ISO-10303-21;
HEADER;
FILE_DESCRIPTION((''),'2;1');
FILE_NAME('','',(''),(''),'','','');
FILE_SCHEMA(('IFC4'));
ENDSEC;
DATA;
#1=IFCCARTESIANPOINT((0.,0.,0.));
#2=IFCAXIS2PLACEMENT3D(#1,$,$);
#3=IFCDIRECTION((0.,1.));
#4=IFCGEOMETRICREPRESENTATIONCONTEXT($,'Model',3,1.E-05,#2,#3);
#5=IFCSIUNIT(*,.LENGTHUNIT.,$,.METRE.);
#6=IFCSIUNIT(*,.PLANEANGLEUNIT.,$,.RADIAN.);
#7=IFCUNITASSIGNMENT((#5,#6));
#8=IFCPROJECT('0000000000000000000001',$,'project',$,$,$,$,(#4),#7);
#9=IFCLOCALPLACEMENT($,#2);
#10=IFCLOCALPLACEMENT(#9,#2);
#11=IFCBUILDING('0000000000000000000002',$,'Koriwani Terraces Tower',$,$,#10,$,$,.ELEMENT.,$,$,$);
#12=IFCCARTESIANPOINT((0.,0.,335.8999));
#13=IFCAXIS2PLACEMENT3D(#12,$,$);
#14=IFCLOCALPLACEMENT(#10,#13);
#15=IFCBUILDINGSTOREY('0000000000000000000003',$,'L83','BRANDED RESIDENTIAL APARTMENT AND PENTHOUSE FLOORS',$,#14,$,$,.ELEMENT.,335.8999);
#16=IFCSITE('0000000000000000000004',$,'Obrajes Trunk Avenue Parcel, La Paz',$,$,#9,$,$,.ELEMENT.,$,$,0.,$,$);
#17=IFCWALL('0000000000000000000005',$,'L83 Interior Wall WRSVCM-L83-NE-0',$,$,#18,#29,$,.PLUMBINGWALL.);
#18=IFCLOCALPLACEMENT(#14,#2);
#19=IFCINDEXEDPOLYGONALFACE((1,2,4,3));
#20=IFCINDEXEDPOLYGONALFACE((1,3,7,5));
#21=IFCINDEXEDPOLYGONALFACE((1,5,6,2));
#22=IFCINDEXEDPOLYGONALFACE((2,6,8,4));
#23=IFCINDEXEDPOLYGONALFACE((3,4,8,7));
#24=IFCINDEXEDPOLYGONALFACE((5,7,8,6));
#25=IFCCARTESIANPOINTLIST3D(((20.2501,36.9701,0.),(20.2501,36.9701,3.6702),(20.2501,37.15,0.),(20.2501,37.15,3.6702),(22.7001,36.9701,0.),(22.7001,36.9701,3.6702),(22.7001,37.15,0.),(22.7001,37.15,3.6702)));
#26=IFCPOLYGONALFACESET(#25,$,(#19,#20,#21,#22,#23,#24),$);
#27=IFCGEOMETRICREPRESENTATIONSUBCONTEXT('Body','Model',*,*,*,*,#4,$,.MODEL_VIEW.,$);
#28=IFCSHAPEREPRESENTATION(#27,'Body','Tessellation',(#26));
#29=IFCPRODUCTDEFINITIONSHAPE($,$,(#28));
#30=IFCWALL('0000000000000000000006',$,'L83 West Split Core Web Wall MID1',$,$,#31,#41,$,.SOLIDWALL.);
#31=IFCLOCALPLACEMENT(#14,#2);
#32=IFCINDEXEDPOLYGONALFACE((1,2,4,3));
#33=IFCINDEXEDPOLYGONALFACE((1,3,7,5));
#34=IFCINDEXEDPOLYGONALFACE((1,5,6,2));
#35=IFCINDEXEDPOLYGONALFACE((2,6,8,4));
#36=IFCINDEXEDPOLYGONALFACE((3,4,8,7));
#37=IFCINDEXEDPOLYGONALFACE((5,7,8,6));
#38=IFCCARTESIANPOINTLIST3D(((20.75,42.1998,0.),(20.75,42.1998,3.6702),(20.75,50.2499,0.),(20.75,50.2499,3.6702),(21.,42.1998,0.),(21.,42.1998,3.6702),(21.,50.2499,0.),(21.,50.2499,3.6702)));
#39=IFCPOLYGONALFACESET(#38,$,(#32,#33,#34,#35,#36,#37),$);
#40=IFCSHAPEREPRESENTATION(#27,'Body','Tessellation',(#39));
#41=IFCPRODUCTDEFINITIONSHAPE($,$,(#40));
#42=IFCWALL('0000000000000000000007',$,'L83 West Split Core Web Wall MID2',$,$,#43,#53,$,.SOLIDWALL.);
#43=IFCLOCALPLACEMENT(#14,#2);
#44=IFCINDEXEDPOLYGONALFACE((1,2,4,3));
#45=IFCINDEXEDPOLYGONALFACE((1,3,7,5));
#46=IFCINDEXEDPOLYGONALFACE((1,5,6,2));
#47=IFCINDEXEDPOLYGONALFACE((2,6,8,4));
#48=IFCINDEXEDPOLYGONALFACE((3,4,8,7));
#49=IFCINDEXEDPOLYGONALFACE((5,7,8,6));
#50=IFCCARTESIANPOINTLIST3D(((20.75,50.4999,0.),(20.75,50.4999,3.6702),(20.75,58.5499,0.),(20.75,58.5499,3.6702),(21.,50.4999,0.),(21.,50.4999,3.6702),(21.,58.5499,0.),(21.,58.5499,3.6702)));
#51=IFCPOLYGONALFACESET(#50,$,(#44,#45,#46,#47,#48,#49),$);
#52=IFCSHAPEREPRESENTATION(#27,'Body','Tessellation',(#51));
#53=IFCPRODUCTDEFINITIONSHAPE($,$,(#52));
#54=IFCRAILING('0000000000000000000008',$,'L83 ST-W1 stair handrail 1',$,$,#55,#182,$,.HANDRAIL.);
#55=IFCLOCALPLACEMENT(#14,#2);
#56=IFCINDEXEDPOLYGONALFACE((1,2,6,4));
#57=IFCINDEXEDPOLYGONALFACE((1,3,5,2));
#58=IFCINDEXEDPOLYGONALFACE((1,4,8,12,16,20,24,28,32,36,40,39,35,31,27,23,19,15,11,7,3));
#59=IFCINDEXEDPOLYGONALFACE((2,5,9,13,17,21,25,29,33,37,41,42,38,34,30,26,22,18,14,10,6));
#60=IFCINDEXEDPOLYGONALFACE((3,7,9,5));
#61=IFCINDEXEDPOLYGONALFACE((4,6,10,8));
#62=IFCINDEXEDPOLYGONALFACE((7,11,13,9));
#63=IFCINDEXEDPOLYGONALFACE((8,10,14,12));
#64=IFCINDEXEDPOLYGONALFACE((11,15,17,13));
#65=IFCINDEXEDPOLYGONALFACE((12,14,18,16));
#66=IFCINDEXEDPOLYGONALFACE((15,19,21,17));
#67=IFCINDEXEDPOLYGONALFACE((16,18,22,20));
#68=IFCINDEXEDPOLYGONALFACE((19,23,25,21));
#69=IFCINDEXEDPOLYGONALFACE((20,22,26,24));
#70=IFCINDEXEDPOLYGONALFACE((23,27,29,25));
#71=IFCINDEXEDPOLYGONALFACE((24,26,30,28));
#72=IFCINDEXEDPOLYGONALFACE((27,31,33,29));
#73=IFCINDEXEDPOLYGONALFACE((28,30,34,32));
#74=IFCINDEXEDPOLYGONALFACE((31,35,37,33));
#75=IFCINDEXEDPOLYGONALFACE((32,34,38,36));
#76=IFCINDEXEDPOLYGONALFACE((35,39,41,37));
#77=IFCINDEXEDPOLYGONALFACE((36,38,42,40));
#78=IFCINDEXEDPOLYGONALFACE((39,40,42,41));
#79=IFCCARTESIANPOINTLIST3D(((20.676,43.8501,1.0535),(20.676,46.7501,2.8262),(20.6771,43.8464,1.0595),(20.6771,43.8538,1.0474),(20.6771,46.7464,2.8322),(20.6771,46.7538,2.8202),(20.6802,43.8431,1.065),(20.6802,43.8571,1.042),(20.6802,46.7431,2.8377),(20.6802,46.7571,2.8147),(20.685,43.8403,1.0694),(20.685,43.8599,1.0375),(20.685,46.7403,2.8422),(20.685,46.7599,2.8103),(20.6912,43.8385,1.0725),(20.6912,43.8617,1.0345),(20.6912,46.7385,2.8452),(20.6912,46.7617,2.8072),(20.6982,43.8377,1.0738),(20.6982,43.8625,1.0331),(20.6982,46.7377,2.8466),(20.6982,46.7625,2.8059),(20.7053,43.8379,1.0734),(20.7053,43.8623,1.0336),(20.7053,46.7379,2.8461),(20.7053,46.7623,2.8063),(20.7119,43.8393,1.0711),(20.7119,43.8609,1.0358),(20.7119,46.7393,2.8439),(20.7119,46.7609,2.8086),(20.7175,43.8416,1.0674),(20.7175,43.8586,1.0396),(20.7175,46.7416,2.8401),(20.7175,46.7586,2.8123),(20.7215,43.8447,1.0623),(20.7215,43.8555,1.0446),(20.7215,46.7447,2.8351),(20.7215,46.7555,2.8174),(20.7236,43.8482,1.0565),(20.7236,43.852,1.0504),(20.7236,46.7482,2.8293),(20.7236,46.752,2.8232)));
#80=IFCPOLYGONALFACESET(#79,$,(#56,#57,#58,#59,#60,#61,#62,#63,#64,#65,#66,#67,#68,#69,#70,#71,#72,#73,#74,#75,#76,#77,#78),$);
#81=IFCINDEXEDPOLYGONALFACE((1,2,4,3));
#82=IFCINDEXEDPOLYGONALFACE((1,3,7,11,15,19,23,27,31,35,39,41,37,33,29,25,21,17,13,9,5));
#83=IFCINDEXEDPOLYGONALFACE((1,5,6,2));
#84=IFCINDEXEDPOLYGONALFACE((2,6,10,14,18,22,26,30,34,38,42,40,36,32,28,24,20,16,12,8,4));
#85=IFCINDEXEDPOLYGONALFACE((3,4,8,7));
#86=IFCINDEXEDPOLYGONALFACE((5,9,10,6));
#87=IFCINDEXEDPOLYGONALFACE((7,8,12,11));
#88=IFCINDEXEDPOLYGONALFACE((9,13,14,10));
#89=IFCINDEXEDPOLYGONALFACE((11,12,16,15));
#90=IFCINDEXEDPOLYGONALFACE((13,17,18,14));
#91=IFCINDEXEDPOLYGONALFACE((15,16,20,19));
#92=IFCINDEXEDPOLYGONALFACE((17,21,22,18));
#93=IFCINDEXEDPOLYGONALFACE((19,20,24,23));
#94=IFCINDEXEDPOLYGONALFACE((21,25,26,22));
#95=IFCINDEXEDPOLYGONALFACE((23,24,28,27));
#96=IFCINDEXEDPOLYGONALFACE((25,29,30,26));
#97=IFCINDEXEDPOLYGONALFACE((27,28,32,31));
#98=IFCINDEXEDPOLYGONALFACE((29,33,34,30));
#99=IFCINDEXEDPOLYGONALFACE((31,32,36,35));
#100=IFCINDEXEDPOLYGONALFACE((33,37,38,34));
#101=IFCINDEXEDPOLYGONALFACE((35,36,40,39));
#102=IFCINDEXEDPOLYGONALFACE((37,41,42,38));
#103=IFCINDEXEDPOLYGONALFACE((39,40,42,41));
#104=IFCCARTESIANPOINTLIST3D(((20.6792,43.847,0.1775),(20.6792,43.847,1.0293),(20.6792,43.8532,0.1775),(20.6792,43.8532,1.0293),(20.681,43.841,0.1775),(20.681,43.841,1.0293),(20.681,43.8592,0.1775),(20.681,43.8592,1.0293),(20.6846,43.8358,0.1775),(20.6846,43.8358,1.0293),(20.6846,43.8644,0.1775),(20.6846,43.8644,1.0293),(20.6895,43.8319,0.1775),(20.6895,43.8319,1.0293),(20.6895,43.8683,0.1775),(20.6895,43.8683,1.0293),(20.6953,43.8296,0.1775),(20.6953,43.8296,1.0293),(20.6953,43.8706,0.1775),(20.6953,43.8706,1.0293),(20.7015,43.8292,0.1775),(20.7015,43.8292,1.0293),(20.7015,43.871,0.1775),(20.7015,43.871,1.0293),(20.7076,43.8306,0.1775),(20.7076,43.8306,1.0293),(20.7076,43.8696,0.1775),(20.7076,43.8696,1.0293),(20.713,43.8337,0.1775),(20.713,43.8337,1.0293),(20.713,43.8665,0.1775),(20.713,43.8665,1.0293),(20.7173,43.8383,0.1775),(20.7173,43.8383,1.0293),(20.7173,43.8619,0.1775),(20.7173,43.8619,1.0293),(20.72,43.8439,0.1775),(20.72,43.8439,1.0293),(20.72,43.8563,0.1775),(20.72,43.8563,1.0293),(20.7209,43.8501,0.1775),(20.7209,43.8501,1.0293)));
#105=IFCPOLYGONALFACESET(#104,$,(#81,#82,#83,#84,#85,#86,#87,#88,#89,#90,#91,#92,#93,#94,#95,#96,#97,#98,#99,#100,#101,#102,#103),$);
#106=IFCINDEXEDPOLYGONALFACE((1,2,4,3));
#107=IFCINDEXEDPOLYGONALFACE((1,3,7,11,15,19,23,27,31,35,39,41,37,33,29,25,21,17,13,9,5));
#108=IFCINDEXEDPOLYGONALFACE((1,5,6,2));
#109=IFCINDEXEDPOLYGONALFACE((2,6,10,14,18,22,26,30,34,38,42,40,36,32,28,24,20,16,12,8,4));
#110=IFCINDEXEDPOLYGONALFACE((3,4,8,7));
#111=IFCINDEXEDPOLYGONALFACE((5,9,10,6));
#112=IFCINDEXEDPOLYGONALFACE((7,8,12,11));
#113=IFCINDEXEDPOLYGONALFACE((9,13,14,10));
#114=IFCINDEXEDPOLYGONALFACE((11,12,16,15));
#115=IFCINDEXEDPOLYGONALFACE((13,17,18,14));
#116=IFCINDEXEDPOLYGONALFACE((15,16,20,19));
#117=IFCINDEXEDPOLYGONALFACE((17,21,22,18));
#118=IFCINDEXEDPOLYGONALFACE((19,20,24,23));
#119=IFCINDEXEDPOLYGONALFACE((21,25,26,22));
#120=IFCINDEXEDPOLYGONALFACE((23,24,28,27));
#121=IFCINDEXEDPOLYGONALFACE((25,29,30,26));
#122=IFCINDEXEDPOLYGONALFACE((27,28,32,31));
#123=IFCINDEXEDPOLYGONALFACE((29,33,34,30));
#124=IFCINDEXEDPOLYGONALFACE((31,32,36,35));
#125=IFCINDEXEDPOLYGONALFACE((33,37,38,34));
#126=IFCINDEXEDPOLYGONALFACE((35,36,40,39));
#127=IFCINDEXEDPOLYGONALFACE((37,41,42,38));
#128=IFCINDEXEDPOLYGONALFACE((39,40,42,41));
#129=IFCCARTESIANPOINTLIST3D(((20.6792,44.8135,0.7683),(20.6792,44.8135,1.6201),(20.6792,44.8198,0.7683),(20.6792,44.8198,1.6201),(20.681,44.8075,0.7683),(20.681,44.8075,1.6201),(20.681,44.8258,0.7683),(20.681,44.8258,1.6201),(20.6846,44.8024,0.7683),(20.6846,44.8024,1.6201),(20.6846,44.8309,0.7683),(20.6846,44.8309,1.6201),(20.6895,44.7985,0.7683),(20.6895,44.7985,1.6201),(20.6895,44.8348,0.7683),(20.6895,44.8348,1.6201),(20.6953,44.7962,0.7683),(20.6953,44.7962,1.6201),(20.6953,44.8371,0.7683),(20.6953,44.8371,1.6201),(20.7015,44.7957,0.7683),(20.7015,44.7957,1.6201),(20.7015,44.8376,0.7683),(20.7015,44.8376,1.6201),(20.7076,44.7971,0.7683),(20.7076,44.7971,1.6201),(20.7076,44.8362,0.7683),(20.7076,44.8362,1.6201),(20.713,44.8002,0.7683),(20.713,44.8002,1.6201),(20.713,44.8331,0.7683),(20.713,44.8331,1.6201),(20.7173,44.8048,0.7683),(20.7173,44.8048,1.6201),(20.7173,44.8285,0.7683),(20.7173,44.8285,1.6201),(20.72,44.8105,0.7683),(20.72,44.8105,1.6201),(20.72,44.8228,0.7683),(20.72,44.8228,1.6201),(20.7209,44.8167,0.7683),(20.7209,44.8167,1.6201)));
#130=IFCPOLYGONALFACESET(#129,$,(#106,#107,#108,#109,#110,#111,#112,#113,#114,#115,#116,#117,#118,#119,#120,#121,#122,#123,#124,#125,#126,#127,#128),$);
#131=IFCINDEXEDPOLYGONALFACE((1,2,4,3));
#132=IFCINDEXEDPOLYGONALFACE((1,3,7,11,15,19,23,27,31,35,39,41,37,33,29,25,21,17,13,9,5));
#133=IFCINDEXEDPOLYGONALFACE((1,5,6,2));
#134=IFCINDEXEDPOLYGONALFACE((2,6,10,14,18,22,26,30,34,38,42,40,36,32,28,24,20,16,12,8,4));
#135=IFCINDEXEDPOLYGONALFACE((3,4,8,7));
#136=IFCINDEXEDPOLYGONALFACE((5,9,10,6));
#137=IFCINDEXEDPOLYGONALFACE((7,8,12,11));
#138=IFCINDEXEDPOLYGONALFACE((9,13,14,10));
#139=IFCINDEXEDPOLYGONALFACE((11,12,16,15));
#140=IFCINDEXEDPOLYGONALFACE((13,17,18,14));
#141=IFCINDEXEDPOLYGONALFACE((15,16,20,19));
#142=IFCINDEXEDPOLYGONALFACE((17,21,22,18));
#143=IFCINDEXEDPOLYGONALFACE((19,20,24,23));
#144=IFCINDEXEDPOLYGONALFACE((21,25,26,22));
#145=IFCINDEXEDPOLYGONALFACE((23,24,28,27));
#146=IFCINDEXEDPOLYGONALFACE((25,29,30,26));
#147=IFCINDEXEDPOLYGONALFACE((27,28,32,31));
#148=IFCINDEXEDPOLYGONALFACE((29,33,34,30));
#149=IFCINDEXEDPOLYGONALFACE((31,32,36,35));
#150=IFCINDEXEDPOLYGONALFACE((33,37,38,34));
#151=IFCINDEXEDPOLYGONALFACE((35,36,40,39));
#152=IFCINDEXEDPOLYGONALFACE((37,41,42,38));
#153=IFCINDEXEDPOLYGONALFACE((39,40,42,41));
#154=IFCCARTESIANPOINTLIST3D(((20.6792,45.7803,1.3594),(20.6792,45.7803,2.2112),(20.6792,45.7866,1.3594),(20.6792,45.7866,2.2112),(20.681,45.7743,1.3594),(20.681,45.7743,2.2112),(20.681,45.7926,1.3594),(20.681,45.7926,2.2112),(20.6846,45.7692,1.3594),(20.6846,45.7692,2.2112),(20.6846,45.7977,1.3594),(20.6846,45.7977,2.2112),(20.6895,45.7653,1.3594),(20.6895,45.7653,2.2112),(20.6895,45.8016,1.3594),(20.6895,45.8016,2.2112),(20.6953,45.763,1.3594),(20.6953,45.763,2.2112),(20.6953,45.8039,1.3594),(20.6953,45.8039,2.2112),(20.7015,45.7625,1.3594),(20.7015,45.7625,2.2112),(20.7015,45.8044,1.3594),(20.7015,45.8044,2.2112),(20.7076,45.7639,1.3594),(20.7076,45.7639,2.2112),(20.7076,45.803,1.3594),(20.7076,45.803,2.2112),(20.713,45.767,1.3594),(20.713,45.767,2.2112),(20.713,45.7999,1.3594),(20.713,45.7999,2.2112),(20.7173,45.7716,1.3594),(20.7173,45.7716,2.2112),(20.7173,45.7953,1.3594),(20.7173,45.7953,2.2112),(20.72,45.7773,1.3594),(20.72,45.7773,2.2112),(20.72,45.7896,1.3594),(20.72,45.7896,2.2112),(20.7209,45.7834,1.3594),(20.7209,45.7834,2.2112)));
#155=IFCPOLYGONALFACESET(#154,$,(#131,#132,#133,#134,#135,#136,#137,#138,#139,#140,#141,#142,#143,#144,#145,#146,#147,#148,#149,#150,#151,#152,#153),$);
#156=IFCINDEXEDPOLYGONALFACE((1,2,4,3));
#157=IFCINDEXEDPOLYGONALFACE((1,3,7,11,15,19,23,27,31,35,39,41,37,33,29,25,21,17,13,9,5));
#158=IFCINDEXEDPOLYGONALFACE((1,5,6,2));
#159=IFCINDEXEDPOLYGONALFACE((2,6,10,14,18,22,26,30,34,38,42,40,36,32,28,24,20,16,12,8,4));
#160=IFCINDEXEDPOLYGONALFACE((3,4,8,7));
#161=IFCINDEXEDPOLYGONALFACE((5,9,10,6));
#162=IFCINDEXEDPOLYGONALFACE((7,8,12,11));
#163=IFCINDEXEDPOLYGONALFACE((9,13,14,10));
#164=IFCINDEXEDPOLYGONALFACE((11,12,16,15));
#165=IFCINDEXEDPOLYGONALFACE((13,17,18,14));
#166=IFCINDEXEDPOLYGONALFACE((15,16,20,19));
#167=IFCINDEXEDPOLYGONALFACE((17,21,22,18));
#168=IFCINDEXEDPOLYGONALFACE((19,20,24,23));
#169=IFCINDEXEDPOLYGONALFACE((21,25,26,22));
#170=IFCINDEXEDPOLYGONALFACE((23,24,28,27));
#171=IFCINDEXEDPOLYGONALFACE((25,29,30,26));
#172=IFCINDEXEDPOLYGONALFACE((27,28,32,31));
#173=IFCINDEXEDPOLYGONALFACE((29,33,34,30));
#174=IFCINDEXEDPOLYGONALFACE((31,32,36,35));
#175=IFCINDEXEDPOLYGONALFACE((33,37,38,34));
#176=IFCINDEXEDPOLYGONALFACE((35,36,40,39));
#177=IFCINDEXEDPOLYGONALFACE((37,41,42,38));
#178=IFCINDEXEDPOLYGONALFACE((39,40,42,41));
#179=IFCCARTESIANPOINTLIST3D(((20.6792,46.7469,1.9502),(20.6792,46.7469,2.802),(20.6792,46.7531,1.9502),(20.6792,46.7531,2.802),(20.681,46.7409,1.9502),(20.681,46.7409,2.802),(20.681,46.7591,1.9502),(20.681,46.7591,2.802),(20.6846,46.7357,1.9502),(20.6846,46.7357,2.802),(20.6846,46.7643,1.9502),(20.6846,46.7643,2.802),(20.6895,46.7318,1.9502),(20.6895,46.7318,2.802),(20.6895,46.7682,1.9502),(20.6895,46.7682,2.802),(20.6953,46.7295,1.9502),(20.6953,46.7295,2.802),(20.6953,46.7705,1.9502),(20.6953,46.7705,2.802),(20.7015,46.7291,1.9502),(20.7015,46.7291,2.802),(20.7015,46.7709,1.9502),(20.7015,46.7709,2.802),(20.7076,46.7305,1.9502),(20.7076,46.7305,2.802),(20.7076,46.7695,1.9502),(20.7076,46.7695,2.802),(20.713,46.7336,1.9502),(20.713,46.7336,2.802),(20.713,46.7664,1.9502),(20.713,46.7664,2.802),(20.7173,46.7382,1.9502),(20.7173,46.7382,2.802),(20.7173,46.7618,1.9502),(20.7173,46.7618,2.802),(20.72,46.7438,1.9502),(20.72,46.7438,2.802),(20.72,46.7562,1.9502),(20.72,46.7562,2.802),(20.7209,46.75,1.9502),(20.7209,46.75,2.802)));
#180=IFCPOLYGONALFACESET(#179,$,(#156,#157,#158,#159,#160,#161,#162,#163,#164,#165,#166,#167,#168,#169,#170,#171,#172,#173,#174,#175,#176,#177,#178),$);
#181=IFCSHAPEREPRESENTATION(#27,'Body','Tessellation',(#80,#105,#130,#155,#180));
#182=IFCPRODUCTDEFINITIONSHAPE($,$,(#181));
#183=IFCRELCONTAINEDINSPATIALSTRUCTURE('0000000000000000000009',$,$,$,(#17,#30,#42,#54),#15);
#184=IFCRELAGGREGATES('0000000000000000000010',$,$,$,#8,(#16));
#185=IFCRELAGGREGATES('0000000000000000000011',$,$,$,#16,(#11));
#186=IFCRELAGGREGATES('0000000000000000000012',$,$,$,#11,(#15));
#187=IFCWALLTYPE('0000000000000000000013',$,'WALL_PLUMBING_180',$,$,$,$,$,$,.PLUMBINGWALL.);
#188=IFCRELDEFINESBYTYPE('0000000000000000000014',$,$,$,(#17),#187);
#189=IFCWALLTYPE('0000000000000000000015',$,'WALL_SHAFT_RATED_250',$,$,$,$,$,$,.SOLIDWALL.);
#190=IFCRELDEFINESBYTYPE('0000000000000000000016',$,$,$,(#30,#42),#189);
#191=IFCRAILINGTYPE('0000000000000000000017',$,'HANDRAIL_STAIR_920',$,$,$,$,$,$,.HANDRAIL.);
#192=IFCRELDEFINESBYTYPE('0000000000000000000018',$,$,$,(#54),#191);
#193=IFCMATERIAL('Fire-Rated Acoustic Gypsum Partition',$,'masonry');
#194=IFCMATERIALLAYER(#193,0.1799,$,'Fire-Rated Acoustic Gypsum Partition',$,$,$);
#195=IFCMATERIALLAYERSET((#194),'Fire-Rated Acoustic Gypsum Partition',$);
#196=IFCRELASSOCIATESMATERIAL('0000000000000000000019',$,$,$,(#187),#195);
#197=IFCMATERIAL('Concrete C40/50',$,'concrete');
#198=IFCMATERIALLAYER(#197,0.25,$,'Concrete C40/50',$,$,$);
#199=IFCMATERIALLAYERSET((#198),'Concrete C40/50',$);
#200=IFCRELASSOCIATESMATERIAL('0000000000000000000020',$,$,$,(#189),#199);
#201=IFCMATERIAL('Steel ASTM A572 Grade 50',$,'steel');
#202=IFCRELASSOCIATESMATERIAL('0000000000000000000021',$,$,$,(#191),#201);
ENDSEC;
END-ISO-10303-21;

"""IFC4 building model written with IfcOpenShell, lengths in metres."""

from ifc_helpers import new_model, si_unit, direction, frame, frame_2d, origin, origin_2d, place, context, subcontext, project, spatial, rectangle, circle, extrude, material, layer, layer_set, type_object, element, save


model = new_model("IFC4")

# Units and contexts
model_context = context("Model", 3, precision=1e-05, world=origin(), true_north=direction((0.0, 1.0)))
body_context = subcontext(model_context, "Body", "Model", "MODEL_VIEW")
ifc_project = project(units=[si_unit("LENGTHUNIT", "METRE"), si_unit("PLANEANGLEUNIT", "RADIAN")], contexts=[model_context])

# Site, building, storey
site_placement = place(None, origin())
site = spatial("IfcSite", under=ifc_project, at=site_placement, Name="Obrajes Trunk Avenue Parcel, La Paz", CompositionType="ELEMENT", RefElevation=0.0)
building_placement = place(site_placement, origin())
building = spatial("IfcBuilding", under=site, at=building_placement, Name="Koriwani Terraces Tower", CompositionType="ELEMENT")
storey_placement = place(building_placement, frame((0.0, 0.0, 335.8999)))
storey = spatial("IfcBuildingStorey", under=building, at=storey_placement, Name="L83", Description="BRANDED RESIDENTIAL APARTMENT AND PENTHOUSE FLOORS", CompositionType="ELEMENT", Elevation=335.8999)

# Shared definitions
ifc_material_1 = material(Name="Concrete C40/50", Category="concrete")

# Walls
ifc_material_2 = material(Name="Fire-Rated Acoustic Gypsum Partition", Category="masonry")
ifc_layer_1 = layer(ifc_material_2, 0.1799, Name="Fire-Rated Acoustic Gypsum Partition")
ifc_layer_set_1 = layer_set([ifc_layer_1], Name="Fire-Rated Acoustic Gypsum Partition")
wall_type_1 = type_object("IfcWallType", Name="WALL_PLUMBING_180", PredefinedType="PLUMBINGWALL", material=ifc_layer_set_1)
wall_1_placement = place(storey_placement, frame((20.25, 37.0601, 0.0), z_axis=(0.0, 0.0, 1.0), x_axis=(1.0, 0.0, 0.0)))
element("IfcWall", 1, at=wall_1_placement, inside=storey, type_object=wall_type_1, Name="L83 Interior Wall WRSVCM-L83-NE-0", PredefinedType="PLUMBINGWALL", context=body_context, shape_type="SweptSolid", body=[
    extrude(rectangle(XDim=2.45, YDim=0.1799, at=frame_2d((1.2251, 0.0))), origin(), (0.0, 0.0, 1.0), 3.6702),
])
ifc_layer_2 = layer(ifc_material_1, 0.25, Name="Concrete C40/50")
ifc_layer_set_2 = layer_set([ifc_layer_2], Name="Concrete C40/50")
wall_type_2 = type_object("IfcWallType", Name="WALL_SHAFT_RATED_250", PredefinedType="SOLIDWALL", material=ifc_layer_set_2)
for number, where, z_axis, x_axis, name in (
    (2, (20.875, 42.2, 0.0), (0.0, 0.0, 1.0), (0.0, 1.0, 0.0), "L83 West Split Core Web Wall MID1"),
    (3, (20.875, 50.5, 0.0), (0.0, 0.0, 1.0), (0.0, 1.0, 0.0), "L83 West Split Core Web Wall MID2"),
):
    element("IfcWall", number, at=place(storey_placement, frame(where, z_axis=z_axis, x_axis=x_axis)), inside=storey, type_object=wall_type_2, Name=name, PredefinedType="SOLIDWALL", context=body_context, shape_type="SweptSolid", body=[
        extrude(rectangle(XDim=8.05, YDim=0.25, at=frame_2d((4.0249, 0.0))), origin(), (0.0, 0.0, 1.0), 3.6702),
    ])

# Shared definitions
ifc_material_3 = material(Name="Steel ASTM A572 Grade 50", Category="steel")

# Railing
railing_type = type_object("IfcRailingType", Name="HANDRAIL_STAIR_920", PredefinedType="HANDRAIL", material=ifc_material_3)
railing_placement = place(storey_placement, frame((20.7, 43.8501, 0.1775)))
element("IfcRailing", 4, at=railing_placement, inside=storey, type_object=railing_type, Name="L83 ST-W1 stair handrail 1", PredefinedType="HANDRAIL", context=body_context, shape_type="SweptSolid", body=[
    extrude(circle(Radius=0.0239, at=origin_2d()), frame((0.0, 0.0, 0.876), z_axis=(0.0, 0.853211, 0.521566), x_axis=(-1.0, 0.0, 0.0)), (0.0, 0.0, 1.0), 3.3989),
    extrude(circle(Radius=0.021, at=origin_2d()), origin(), (0.0, 0.0, 1.0), 0.8518),
    extrude(circle(Radius=0.021, at=origin_2d()), frame((0.0, 0.9666, 0.5908)), (0.0, 0.0, 1.0), 0.8518),
    extrude(circle(Radius=0.021, at=origin_2d()), frame((0.0, 1.9333, 1.1819)), (0.0, 0.0, 1.0), 0.8518),
    extrude(circle(Radius=0.021, at=origin_2d()), frame((0.0, 2.8999, 1.7727)), (0.0, 0.0, 1.0), 0.8518),
])

save(model, "model.ifc")
